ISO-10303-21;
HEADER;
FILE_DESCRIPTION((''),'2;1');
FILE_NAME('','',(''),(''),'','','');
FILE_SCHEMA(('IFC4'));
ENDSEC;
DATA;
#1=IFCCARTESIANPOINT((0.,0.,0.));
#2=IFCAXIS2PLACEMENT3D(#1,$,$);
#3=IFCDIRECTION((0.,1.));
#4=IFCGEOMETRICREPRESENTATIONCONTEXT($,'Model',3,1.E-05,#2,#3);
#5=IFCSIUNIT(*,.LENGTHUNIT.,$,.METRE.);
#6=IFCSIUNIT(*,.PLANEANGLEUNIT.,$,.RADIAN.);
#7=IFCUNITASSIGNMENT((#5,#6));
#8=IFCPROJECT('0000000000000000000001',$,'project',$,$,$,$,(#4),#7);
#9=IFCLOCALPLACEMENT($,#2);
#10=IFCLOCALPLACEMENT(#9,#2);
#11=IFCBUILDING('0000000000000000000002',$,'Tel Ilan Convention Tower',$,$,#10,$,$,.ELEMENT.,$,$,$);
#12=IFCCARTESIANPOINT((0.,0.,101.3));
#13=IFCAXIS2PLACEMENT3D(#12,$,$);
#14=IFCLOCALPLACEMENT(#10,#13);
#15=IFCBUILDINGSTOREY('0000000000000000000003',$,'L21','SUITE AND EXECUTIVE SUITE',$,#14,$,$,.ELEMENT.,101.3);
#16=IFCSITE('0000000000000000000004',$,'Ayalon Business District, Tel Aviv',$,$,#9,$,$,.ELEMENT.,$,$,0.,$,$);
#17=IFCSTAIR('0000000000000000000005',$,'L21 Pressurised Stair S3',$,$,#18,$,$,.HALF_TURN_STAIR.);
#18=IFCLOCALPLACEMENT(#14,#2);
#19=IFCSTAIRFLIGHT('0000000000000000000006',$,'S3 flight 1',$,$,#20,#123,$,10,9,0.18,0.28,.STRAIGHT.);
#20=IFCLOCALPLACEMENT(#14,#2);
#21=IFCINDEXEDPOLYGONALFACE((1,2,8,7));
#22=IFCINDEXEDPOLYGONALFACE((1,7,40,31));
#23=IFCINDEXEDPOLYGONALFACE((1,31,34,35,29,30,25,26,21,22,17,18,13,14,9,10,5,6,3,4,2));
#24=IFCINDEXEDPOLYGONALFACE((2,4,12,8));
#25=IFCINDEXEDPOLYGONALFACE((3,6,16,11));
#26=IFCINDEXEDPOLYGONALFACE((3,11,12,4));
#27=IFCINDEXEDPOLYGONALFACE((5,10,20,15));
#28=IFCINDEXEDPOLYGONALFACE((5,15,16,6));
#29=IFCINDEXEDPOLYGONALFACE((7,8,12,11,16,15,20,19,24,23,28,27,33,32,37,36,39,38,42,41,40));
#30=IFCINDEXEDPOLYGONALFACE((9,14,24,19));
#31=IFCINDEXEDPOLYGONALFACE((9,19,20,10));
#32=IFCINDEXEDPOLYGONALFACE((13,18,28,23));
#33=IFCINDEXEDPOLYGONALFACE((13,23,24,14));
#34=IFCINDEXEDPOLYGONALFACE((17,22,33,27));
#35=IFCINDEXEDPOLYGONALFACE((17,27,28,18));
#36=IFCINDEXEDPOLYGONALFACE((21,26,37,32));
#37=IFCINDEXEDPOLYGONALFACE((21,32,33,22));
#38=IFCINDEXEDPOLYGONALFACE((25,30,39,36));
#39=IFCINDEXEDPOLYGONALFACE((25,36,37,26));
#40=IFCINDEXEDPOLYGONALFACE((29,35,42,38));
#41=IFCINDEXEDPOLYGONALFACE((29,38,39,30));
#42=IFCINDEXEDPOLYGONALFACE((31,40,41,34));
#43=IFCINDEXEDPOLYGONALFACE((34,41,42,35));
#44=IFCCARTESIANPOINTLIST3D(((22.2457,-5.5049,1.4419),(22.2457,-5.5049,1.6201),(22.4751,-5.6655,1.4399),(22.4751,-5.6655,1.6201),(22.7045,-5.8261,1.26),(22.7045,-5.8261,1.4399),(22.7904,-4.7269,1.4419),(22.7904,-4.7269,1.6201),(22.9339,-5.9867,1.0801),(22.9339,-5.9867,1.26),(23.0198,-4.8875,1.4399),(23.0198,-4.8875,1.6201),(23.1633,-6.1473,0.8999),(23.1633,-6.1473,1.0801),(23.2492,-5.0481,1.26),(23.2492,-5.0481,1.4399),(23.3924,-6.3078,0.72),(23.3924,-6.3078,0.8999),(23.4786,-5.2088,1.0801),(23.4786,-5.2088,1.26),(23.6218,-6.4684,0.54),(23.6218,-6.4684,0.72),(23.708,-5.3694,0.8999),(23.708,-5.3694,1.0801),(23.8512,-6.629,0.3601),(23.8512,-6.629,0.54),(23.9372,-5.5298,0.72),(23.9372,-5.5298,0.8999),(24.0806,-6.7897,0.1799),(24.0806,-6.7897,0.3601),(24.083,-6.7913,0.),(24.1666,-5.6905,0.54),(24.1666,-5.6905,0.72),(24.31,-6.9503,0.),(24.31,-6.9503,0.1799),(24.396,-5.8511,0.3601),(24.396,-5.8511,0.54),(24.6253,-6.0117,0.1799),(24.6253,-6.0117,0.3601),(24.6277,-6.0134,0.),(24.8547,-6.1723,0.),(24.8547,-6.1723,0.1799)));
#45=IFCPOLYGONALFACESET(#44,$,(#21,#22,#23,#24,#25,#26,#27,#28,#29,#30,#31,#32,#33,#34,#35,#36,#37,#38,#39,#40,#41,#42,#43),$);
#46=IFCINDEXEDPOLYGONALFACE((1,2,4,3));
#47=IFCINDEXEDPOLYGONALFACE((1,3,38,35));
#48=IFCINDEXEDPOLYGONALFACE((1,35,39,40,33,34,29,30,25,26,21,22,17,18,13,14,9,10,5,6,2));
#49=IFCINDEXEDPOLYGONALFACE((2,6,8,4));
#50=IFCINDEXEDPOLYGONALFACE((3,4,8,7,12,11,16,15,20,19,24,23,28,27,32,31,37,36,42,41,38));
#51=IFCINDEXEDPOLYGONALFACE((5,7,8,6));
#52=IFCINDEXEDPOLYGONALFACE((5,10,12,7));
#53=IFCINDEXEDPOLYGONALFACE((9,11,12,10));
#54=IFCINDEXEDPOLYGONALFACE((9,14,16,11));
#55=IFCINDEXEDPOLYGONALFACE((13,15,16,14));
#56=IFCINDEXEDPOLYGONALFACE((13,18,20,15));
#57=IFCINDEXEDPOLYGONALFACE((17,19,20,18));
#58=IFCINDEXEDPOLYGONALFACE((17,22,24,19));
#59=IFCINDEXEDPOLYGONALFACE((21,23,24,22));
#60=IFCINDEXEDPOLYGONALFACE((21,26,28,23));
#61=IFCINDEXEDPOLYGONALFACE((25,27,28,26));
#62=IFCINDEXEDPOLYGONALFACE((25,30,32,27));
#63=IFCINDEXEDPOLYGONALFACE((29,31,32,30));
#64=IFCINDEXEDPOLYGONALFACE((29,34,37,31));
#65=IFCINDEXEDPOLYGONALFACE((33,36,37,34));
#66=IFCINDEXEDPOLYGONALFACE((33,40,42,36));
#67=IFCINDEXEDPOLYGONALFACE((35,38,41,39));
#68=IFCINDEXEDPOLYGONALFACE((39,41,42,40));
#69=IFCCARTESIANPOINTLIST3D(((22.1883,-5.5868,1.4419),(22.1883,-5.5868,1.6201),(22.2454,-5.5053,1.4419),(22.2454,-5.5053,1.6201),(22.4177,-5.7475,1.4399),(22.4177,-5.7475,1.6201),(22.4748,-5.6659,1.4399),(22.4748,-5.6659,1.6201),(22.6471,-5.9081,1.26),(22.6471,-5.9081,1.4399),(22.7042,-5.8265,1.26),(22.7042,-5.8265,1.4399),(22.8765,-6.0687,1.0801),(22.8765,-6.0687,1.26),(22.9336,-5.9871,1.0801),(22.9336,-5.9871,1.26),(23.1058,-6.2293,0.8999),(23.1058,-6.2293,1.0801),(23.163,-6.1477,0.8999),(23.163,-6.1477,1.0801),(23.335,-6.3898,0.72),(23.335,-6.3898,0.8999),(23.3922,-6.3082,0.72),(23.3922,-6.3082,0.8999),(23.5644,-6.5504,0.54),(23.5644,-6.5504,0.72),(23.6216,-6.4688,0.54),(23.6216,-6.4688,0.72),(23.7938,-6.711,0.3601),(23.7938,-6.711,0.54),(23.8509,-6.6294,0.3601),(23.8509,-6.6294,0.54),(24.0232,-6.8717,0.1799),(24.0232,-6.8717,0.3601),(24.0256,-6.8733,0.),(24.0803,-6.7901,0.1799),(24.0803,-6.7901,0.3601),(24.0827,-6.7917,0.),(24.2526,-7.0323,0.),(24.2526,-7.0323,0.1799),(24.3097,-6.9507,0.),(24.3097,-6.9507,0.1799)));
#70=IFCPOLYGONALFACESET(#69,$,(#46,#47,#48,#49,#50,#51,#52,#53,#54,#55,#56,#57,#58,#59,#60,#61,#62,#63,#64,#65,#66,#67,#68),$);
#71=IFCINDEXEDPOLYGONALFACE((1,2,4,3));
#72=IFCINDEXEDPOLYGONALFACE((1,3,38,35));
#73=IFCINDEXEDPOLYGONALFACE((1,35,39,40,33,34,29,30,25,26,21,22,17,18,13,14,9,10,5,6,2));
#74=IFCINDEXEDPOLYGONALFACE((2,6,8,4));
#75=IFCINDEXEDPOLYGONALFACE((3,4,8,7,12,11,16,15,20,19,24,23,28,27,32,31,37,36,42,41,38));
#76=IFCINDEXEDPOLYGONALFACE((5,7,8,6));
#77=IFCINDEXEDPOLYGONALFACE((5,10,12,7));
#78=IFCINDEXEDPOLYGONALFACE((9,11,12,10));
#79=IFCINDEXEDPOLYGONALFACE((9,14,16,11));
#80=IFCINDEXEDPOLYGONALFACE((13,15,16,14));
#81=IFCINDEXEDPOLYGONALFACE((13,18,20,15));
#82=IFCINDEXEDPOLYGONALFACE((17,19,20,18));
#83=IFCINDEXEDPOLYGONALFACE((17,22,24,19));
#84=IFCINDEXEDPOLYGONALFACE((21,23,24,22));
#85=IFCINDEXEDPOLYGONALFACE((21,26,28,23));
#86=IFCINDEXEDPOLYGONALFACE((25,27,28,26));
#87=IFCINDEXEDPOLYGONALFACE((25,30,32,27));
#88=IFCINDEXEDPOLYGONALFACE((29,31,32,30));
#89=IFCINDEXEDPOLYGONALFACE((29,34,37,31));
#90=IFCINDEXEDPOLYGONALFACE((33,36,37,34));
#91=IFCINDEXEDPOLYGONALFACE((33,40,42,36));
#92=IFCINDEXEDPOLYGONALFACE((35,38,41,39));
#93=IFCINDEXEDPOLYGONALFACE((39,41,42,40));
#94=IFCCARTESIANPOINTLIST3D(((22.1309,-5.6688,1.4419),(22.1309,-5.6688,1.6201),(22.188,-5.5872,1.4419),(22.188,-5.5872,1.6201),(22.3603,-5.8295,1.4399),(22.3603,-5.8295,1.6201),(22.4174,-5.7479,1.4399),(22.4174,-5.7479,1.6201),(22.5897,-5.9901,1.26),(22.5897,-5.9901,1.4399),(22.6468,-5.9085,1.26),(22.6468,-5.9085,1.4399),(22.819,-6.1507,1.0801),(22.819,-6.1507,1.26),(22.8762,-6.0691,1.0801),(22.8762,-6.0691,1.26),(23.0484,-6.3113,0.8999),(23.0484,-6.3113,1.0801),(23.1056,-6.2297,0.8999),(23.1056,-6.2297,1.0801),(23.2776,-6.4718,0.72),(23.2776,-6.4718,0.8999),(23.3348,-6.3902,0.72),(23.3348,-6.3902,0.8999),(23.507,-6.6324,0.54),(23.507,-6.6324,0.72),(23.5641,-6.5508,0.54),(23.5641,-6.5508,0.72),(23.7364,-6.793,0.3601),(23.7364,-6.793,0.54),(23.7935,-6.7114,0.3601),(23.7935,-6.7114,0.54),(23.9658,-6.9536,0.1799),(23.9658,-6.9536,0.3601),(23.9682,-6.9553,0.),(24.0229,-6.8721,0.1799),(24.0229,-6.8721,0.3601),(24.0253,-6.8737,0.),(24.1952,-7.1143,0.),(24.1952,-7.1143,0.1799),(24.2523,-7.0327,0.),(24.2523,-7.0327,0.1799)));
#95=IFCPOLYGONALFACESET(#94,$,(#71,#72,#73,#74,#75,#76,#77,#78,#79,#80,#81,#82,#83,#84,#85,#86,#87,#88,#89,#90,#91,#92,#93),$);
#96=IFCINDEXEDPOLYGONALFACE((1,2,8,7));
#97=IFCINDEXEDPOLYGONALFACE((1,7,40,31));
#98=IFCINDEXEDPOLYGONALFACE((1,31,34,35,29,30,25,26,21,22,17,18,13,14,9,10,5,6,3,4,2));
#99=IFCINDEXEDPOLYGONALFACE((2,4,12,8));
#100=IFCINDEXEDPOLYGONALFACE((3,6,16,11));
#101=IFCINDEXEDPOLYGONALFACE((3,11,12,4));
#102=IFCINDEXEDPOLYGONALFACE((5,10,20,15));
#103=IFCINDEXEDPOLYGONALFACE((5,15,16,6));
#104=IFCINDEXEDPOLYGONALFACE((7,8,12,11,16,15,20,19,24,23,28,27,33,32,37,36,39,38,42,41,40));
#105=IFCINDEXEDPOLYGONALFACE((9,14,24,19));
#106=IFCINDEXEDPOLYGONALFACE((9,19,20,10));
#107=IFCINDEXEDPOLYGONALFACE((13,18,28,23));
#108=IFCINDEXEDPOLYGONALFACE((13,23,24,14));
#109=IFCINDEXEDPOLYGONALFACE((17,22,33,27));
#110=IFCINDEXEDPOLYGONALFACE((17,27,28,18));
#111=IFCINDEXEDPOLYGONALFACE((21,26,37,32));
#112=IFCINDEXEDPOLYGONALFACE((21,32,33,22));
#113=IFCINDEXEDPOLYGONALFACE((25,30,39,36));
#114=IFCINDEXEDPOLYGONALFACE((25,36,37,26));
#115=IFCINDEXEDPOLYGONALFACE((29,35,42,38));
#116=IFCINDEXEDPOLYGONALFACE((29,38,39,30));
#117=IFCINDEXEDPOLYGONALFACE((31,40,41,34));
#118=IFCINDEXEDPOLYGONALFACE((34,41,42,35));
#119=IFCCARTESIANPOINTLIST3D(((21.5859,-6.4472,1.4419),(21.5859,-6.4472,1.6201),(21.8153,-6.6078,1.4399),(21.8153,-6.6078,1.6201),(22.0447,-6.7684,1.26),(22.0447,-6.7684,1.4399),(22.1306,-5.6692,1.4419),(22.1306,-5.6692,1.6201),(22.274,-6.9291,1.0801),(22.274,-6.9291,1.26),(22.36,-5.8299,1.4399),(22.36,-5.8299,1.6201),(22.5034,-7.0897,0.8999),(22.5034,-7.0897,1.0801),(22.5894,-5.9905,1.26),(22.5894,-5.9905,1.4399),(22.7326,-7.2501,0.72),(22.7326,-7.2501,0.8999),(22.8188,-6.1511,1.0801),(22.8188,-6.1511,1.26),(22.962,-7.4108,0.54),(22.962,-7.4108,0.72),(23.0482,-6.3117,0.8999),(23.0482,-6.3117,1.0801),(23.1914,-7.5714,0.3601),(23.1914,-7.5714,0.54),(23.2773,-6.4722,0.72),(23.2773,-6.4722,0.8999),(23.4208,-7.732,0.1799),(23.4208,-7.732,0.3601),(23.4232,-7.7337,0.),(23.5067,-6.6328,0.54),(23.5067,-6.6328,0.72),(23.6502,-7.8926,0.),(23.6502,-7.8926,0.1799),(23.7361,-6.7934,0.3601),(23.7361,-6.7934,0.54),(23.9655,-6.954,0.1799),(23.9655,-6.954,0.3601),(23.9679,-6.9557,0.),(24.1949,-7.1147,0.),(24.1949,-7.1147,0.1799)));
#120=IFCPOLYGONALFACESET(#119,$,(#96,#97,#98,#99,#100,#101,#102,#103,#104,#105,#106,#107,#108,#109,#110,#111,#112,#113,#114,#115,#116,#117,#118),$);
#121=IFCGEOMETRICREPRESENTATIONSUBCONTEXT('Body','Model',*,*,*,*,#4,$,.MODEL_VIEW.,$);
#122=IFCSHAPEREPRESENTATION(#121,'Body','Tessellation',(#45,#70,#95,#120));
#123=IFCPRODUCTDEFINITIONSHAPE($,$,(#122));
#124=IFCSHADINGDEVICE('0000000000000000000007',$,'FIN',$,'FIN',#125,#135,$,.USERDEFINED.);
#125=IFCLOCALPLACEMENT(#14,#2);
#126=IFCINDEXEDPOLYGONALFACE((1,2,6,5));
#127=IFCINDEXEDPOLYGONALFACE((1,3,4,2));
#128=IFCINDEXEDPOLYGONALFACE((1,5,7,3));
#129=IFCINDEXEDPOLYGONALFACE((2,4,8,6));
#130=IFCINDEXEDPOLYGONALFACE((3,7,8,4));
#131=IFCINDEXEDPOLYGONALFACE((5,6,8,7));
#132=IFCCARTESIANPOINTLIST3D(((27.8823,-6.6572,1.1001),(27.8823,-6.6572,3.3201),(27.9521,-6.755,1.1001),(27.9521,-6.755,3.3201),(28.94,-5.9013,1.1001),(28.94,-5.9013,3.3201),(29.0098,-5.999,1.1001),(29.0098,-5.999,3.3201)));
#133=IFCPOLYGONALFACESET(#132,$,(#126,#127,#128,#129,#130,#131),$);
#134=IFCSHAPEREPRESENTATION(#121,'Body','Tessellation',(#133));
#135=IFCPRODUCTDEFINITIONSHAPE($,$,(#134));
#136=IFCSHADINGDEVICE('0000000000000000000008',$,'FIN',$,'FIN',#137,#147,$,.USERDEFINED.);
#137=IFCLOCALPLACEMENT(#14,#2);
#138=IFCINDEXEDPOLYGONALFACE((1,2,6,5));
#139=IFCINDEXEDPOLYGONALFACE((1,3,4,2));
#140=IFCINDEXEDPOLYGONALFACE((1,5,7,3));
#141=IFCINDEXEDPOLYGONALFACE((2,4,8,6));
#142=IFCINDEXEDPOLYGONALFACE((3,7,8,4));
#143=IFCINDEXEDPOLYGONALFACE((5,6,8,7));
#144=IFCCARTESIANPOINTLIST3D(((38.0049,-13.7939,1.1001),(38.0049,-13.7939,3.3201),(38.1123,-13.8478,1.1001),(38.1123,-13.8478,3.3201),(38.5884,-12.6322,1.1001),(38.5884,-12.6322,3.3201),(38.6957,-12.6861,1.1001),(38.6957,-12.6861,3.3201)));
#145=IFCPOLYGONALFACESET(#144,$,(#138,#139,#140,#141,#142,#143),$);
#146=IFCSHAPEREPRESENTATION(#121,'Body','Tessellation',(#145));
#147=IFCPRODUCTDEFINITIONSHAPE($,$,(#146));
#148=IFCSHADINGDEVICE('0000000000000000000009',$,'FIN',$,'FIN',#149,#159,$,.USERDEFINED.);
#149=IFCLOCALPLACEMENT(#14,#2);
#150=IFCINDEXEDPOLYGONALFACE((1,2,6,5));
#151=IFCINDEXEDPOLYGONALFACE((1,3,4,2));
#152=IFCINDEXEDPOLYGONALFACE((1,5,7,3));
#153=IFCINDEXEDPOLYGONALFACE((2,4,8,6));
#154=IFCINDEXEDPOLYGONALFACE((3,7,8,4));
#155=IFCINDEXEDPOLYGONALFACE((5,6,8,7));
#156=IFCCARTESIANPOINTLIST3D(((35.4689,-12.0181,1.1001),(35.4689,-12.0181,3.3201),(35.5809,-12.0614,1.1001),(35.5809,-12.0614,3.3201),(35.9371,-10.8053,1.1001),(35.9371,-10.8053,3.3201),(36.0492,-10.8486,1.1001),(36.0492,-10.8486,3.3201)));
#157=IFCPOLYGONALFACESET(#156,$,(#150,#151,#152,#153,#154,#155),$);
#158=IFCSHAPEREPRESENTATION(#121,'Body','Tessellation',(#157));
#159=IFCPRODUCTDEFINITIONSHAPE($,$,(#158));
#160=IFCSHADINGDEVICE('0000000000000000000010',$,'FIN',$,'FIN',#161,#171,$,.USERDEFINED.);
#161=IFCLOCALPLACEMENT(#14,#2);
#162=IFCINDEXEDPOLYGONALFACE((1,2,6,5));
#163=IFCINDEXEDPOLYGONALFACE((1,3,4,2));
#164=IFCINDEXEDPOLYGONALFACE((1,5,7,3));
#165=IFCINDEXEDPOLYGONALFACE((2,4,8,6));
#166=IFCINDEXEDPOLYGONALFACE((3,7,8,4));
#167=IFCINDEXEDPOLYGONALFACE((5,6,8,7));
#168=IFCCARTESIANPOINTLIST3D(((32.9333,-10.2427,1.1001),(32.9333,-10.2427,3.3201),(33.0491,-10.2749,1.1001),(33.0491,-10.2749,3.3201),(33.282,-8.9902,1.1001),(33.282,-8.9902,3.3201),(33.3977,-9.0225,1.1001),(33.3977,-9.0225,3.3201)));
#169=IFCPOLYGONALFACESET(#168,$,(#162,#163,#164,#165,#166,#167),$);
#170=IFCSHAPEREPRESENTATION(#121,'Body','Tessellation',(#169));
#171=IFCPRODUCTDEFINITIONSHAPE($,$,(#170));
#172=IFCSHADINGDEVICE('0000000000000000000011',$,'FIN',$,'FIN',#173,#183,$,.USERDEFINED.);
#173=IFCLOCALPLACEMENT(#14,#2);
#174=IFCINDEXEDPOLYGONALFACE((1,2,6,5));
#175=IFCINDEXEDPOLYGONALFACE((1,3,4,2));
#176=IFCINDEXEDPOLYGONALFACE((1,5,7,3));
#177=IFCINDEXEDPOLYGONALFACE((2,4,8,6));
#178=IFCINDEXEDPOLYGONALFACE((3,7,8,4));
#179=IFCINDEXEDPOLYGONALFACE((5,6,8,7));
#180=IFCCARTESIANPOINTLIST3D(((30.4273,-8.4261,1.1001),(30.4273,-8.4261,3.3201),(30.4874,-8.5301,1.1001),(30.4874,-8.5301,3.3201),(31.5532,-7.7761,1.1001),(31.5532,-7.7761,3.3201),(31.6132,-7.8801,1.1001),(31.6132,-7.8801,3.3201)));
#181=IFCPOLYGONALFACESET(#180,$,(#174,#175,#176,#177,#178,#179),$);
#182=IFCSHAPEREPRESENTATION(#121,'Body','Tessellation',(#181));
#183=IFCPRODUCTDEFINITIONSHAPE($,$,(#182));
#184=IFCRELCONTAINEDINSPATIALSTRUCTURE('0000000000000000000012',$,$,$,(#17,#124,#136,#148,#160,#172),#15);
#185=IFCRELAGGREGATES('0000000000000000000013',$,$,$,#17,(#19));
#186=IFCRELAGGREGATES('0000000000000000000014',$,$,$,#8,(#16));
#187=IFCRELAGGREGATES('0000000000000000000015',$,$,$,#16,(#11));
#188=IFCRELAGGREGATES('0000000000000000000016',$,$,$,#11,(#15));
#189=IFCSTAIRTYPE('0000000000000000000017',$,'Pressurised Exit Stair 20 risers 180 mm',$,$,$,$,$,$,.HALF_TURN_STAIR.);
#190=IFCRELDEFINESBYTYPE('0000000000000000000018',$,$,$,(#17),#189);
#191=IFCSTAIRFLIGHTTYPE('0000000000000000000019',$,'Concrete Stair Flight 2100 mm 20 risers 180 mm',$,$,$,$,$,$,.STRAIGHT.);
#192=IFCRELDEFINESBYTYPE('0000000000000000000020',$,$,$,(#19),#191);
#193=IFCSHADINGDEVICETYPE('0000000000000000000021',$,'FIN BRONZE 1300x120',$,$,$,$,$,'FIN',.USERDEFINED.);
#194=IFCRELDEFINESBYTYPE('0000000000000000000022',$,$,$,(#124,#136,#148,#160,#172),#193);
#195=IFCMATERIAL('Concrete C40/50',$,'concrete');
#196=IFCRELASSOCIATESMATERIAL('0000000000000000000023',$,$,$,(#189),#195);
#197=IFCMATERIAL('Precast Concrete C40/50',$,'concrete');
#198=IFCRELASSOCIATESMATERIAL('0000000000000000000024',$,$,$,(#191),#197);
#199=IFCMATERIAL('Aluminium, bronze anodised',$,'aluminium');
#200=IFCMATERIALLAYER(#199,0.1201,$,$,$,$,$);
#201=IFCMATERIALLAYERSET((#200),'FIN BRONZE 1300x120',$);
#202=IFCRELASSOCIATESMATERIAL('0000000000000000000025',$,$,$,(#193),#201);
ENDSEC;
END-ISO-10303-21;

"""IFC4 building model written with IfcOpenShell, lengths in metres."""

from ifc_helpers import new_model, si_unit, direction, frame, origin, origin_2d, place, context, subcontext, project, spatial, polyline, rectangle, outline, extrude, material, layer, layer_set, type_object, element, aggregate, save


model = new_model("IFC4")

# Units and contexts
model_context = context("Model", 3, precision=1e-05, world=origin(), true_north=direction((0.0, 1.0)))
body_context = subcontext(model_context, "Body", "Model", "MODEL_VIEW")
ifc_project = project(units=[si_unit("LENGTHUNIT", "METRE"), si_unit("PLANEANGLEUNIT", "RADIAN")], contexts=[model_context])

# Site, building, storey
site_placement = place(None, origin())
site = spatial("IfcSite", under=ifc_project, at=site_placement, Name="Ayalon Business District, Tel Aviv", CompositionType="ELEMENT", RefElevation=0.0)
building_placement = place(site_placement, origin())
building = spatial("IfcBuilding", under=site, at=building_placement, Name="Tel Ilan Convention Tower", CompositionType="ELEMENT")
storey_placement = place(building_placement, frame((0.0, 0.0, 101.3)))
storey = spatial("IfcBuildingStorey", under=building, at=storey_placement, Name="L21", Description="SUITE AND EXECUTIVE SUITE", CompositionType="ELEMENT", Elevation=101.3)

# Stair, stair flight
ifc_material_1 = material(Name="Concrete C40/50", Category="concrete")
stair_type = type_object("IfcStairType", Name="Pressurised Exit Stair 20 risers 180 mm", PredefinedType="HALF_TURN_STAIR", material=ifc_material_1)
stair_placement = place(storey_placement, origin())
stair = element("IfcStair", 1, at=stair_placement, inside=storey, type_object=stair_type, Name="L21 Pressurised Stair S3", PredefinedType="HALF_TURN_STAIR")
ifc_material_2 = material(Name="Precast Concrete C40/50", Category="concrete")
stair_flight_type = type_object("IfcStairFlightType", Name="Concrete Stair Flight 2100 mm 20 risers 180 mm", PredefinedType="STRAIGHT", material=ifc_material_2)
stair_flight_placement = place(storey_placement, frame((24.2524, -7.0325, 0.0), z_axis=(0.0, 0.0, 1.0), x_axis=(-0.819152, 0.573576, 0.0)))
stair_flight = element("IfcStairFlight", 2, at=stair_flight_placement, type_object=stair_flight_type, Name="S3 flight 1", NumberOfRisers=10, NumberOfTreads=9, PredefinedType="STRAIGHT", RiserHeight=0.18, TreadLength=0.28, context=body_context, shape_type="SweptSolid", body=[
    extrude(outline(polyline([(0.0, 0.0), (0.0, 0.1799), (0.28, 0.1799), (0.28, 0.3601), (0.5601, 0.3601), (0.5601, 0.54), (0.8401, 0.54), (0.8401, 0.72), (1.1201, 0.72), (1.1201, 0.8999), (1.3999, 0.8999), (1.3999, 1.0801), (1.6799, 1.0801), (1.6799, 1.26), (1.96, 1.26), (1.96, 1.4399), (2.24, 1.4399), (2.24, 1.6201), (2.52, 1.6201), (2.52, 1.8), (2.52, 1.4419), (0.2771, 0.0), (0.0, 0.0)])), frame((0.0, -0.1003, 0.0), z_axis=(0.0, -1.0, 0.0), x_axis=(1.0, 0.0, 0.0)), (0.0, 0.0, 1.0), 0.9497),
    extrude(outline(polyline([(0.0, 0.0), (0.0, 0.1799), (0.28, 0.1799), (0.28, 0.3601), (0.5601, 0.3601), (0.5601, 0.54), (0.8401, 0.54), (0.8401, 0.72), (1.1201, 0.72), (1.1201, 0.8999), (1.3999, 0.8999), (1.3999, 1.0801), (1.6799, 1.0801), (1.6799, 1.26), (1.96, 1.26), (1.96, 1.4399), (2.24, 1.4399), (2.24, 1.6201), (2.52, 1.6201), (2.52, 1.8), (2.52, 1.4419), (0.2771, 0.0), (0.0, 0.0)])), frame((0.0, -0.0002, 0.0), z_axis=(0.0, -1.0, 0.0), x_axis=(1.0, 0.0, 0.0)), (0.0, 0.0, 1.0), 0.0996),
    extrude(outline(polyline([(0.0, 0.0), (0.0, 0.1799), (0.28, 0.1799), (0.28, 0.3601), (0.5601, 0.3601), (0.5601, 0.54), (0.8401, 0.54), (0.8401, 0.72), (1.1201, 0.72), (1.1201, 0.8999), (1.3999, 0.8999), (1.3999, 1.0801), (1.6799, 1.0801), (1.6799, 1.26), (1.96, 1.26), (1.96, 1.4399), (2.24, 1.4399), (2.24, 1.6201), (2.52, 1.6201), (2.52, 1.8), (2.52, 1.4419), (0.2771, 0.0), (0.0, 0.0)])), frame((0.0, 0.0999, 0.0), z_axis=(0.0, -1.0, 0.0), x_axis=(1.0, 0.0, 0.0)), (0.0, 0.0, 1.0), 0.0996),
    extrude(outline(polyline([(0.0, 0.0), (0.0, 0.1799), (0.28, 0.1799), (0.28, 0.3601), (0.5601, 0.3601), (0.5601, 0.54), (0.8401, 0.54), (0.8401, 0.72), (1.1201, 0.72), (1.1201, 0.8999), (1.3999, 0.8999), (1.3999, 1.0801), (1.6799, 1.0801), (1.6799, 1.26), (1.96, 1.26), (1.96, 1.4399), (2.24, 1.4399), (2.24, 1.6201), (2.52, 1.6201), (2.52, 1.8), (2.52, 1.4419), (0.2771, 0.0), (0.0, 0.0)])), frame((0.0, 1.05, 0.0), z_axis=(0.0, -1.0, 0.0), x_axis=(1.0, 0.0, 0.0)), (0.0, 0.0, 1.0), 0.9497),
])
aggregate(stair, [stair_flight])

# Shading devices
ifc_material_3 = material(Name="Aluminium, bronze anodised", Category="aluminium")
ifc_layer_1 = layer(ifc_material_3, 0.1201)
ifc_layer_set_1 = layer_set([ifc_layer_1], Name="FIN BRONZE 1300x120")
shading_device_type = type_object("IfcShadingDeviceType", Name="FIN BRONZE 1300x120", ElementType="FIN", PredefinedType="USERDEFINED", material=ifc_layer_set_1)
for number, where, z_axis, x_axis, name in (
    (3, (28.446, -6.3281, 1.1001), (0.0, 0.0, 1.0), (0.813552, 0.581492, 0.0), "FIN"),
    (4, (38.3503, -13.24, 1.1001), (0.0, 0.0, 1.0), (0.448799, 0.893633, 0.0), "FIN"),
    (5, (35.759, -11.4333, 1.1001), (0.0, 0.0, 1.0), (0.360178, 0.932884, 0.0), "FIN"),
    (6, (33.1655, -9.6326, 1.1001), (0.0, 0.0, 1.0), (0.268173, 0.963371, 0.0), "FIN"),
    (7, (31.0203, -8.1531, 1.1001), (0.0, 0.0, 1.0), (0.866025, 0.5, 0.0), "FIN"),
):
    element("IfcShadingDevice", number, at=place(storey_placement, frame(where, z_axis=z_axis, x_axis=x_axis)), inside=storey, type_object=shading_device_type, Name=name, ObjectType="FIN", PredefinedType="USERDEFINED", context=body_context, shape_type="SweptSolid", body=[
        extrude(rectangle(XDim=1.3, YDim=0.1201, at=origin_2d()), origin(), (0.0, 0.0, 1.0), 2.22),
    ])

save(model, "model.ifc")
